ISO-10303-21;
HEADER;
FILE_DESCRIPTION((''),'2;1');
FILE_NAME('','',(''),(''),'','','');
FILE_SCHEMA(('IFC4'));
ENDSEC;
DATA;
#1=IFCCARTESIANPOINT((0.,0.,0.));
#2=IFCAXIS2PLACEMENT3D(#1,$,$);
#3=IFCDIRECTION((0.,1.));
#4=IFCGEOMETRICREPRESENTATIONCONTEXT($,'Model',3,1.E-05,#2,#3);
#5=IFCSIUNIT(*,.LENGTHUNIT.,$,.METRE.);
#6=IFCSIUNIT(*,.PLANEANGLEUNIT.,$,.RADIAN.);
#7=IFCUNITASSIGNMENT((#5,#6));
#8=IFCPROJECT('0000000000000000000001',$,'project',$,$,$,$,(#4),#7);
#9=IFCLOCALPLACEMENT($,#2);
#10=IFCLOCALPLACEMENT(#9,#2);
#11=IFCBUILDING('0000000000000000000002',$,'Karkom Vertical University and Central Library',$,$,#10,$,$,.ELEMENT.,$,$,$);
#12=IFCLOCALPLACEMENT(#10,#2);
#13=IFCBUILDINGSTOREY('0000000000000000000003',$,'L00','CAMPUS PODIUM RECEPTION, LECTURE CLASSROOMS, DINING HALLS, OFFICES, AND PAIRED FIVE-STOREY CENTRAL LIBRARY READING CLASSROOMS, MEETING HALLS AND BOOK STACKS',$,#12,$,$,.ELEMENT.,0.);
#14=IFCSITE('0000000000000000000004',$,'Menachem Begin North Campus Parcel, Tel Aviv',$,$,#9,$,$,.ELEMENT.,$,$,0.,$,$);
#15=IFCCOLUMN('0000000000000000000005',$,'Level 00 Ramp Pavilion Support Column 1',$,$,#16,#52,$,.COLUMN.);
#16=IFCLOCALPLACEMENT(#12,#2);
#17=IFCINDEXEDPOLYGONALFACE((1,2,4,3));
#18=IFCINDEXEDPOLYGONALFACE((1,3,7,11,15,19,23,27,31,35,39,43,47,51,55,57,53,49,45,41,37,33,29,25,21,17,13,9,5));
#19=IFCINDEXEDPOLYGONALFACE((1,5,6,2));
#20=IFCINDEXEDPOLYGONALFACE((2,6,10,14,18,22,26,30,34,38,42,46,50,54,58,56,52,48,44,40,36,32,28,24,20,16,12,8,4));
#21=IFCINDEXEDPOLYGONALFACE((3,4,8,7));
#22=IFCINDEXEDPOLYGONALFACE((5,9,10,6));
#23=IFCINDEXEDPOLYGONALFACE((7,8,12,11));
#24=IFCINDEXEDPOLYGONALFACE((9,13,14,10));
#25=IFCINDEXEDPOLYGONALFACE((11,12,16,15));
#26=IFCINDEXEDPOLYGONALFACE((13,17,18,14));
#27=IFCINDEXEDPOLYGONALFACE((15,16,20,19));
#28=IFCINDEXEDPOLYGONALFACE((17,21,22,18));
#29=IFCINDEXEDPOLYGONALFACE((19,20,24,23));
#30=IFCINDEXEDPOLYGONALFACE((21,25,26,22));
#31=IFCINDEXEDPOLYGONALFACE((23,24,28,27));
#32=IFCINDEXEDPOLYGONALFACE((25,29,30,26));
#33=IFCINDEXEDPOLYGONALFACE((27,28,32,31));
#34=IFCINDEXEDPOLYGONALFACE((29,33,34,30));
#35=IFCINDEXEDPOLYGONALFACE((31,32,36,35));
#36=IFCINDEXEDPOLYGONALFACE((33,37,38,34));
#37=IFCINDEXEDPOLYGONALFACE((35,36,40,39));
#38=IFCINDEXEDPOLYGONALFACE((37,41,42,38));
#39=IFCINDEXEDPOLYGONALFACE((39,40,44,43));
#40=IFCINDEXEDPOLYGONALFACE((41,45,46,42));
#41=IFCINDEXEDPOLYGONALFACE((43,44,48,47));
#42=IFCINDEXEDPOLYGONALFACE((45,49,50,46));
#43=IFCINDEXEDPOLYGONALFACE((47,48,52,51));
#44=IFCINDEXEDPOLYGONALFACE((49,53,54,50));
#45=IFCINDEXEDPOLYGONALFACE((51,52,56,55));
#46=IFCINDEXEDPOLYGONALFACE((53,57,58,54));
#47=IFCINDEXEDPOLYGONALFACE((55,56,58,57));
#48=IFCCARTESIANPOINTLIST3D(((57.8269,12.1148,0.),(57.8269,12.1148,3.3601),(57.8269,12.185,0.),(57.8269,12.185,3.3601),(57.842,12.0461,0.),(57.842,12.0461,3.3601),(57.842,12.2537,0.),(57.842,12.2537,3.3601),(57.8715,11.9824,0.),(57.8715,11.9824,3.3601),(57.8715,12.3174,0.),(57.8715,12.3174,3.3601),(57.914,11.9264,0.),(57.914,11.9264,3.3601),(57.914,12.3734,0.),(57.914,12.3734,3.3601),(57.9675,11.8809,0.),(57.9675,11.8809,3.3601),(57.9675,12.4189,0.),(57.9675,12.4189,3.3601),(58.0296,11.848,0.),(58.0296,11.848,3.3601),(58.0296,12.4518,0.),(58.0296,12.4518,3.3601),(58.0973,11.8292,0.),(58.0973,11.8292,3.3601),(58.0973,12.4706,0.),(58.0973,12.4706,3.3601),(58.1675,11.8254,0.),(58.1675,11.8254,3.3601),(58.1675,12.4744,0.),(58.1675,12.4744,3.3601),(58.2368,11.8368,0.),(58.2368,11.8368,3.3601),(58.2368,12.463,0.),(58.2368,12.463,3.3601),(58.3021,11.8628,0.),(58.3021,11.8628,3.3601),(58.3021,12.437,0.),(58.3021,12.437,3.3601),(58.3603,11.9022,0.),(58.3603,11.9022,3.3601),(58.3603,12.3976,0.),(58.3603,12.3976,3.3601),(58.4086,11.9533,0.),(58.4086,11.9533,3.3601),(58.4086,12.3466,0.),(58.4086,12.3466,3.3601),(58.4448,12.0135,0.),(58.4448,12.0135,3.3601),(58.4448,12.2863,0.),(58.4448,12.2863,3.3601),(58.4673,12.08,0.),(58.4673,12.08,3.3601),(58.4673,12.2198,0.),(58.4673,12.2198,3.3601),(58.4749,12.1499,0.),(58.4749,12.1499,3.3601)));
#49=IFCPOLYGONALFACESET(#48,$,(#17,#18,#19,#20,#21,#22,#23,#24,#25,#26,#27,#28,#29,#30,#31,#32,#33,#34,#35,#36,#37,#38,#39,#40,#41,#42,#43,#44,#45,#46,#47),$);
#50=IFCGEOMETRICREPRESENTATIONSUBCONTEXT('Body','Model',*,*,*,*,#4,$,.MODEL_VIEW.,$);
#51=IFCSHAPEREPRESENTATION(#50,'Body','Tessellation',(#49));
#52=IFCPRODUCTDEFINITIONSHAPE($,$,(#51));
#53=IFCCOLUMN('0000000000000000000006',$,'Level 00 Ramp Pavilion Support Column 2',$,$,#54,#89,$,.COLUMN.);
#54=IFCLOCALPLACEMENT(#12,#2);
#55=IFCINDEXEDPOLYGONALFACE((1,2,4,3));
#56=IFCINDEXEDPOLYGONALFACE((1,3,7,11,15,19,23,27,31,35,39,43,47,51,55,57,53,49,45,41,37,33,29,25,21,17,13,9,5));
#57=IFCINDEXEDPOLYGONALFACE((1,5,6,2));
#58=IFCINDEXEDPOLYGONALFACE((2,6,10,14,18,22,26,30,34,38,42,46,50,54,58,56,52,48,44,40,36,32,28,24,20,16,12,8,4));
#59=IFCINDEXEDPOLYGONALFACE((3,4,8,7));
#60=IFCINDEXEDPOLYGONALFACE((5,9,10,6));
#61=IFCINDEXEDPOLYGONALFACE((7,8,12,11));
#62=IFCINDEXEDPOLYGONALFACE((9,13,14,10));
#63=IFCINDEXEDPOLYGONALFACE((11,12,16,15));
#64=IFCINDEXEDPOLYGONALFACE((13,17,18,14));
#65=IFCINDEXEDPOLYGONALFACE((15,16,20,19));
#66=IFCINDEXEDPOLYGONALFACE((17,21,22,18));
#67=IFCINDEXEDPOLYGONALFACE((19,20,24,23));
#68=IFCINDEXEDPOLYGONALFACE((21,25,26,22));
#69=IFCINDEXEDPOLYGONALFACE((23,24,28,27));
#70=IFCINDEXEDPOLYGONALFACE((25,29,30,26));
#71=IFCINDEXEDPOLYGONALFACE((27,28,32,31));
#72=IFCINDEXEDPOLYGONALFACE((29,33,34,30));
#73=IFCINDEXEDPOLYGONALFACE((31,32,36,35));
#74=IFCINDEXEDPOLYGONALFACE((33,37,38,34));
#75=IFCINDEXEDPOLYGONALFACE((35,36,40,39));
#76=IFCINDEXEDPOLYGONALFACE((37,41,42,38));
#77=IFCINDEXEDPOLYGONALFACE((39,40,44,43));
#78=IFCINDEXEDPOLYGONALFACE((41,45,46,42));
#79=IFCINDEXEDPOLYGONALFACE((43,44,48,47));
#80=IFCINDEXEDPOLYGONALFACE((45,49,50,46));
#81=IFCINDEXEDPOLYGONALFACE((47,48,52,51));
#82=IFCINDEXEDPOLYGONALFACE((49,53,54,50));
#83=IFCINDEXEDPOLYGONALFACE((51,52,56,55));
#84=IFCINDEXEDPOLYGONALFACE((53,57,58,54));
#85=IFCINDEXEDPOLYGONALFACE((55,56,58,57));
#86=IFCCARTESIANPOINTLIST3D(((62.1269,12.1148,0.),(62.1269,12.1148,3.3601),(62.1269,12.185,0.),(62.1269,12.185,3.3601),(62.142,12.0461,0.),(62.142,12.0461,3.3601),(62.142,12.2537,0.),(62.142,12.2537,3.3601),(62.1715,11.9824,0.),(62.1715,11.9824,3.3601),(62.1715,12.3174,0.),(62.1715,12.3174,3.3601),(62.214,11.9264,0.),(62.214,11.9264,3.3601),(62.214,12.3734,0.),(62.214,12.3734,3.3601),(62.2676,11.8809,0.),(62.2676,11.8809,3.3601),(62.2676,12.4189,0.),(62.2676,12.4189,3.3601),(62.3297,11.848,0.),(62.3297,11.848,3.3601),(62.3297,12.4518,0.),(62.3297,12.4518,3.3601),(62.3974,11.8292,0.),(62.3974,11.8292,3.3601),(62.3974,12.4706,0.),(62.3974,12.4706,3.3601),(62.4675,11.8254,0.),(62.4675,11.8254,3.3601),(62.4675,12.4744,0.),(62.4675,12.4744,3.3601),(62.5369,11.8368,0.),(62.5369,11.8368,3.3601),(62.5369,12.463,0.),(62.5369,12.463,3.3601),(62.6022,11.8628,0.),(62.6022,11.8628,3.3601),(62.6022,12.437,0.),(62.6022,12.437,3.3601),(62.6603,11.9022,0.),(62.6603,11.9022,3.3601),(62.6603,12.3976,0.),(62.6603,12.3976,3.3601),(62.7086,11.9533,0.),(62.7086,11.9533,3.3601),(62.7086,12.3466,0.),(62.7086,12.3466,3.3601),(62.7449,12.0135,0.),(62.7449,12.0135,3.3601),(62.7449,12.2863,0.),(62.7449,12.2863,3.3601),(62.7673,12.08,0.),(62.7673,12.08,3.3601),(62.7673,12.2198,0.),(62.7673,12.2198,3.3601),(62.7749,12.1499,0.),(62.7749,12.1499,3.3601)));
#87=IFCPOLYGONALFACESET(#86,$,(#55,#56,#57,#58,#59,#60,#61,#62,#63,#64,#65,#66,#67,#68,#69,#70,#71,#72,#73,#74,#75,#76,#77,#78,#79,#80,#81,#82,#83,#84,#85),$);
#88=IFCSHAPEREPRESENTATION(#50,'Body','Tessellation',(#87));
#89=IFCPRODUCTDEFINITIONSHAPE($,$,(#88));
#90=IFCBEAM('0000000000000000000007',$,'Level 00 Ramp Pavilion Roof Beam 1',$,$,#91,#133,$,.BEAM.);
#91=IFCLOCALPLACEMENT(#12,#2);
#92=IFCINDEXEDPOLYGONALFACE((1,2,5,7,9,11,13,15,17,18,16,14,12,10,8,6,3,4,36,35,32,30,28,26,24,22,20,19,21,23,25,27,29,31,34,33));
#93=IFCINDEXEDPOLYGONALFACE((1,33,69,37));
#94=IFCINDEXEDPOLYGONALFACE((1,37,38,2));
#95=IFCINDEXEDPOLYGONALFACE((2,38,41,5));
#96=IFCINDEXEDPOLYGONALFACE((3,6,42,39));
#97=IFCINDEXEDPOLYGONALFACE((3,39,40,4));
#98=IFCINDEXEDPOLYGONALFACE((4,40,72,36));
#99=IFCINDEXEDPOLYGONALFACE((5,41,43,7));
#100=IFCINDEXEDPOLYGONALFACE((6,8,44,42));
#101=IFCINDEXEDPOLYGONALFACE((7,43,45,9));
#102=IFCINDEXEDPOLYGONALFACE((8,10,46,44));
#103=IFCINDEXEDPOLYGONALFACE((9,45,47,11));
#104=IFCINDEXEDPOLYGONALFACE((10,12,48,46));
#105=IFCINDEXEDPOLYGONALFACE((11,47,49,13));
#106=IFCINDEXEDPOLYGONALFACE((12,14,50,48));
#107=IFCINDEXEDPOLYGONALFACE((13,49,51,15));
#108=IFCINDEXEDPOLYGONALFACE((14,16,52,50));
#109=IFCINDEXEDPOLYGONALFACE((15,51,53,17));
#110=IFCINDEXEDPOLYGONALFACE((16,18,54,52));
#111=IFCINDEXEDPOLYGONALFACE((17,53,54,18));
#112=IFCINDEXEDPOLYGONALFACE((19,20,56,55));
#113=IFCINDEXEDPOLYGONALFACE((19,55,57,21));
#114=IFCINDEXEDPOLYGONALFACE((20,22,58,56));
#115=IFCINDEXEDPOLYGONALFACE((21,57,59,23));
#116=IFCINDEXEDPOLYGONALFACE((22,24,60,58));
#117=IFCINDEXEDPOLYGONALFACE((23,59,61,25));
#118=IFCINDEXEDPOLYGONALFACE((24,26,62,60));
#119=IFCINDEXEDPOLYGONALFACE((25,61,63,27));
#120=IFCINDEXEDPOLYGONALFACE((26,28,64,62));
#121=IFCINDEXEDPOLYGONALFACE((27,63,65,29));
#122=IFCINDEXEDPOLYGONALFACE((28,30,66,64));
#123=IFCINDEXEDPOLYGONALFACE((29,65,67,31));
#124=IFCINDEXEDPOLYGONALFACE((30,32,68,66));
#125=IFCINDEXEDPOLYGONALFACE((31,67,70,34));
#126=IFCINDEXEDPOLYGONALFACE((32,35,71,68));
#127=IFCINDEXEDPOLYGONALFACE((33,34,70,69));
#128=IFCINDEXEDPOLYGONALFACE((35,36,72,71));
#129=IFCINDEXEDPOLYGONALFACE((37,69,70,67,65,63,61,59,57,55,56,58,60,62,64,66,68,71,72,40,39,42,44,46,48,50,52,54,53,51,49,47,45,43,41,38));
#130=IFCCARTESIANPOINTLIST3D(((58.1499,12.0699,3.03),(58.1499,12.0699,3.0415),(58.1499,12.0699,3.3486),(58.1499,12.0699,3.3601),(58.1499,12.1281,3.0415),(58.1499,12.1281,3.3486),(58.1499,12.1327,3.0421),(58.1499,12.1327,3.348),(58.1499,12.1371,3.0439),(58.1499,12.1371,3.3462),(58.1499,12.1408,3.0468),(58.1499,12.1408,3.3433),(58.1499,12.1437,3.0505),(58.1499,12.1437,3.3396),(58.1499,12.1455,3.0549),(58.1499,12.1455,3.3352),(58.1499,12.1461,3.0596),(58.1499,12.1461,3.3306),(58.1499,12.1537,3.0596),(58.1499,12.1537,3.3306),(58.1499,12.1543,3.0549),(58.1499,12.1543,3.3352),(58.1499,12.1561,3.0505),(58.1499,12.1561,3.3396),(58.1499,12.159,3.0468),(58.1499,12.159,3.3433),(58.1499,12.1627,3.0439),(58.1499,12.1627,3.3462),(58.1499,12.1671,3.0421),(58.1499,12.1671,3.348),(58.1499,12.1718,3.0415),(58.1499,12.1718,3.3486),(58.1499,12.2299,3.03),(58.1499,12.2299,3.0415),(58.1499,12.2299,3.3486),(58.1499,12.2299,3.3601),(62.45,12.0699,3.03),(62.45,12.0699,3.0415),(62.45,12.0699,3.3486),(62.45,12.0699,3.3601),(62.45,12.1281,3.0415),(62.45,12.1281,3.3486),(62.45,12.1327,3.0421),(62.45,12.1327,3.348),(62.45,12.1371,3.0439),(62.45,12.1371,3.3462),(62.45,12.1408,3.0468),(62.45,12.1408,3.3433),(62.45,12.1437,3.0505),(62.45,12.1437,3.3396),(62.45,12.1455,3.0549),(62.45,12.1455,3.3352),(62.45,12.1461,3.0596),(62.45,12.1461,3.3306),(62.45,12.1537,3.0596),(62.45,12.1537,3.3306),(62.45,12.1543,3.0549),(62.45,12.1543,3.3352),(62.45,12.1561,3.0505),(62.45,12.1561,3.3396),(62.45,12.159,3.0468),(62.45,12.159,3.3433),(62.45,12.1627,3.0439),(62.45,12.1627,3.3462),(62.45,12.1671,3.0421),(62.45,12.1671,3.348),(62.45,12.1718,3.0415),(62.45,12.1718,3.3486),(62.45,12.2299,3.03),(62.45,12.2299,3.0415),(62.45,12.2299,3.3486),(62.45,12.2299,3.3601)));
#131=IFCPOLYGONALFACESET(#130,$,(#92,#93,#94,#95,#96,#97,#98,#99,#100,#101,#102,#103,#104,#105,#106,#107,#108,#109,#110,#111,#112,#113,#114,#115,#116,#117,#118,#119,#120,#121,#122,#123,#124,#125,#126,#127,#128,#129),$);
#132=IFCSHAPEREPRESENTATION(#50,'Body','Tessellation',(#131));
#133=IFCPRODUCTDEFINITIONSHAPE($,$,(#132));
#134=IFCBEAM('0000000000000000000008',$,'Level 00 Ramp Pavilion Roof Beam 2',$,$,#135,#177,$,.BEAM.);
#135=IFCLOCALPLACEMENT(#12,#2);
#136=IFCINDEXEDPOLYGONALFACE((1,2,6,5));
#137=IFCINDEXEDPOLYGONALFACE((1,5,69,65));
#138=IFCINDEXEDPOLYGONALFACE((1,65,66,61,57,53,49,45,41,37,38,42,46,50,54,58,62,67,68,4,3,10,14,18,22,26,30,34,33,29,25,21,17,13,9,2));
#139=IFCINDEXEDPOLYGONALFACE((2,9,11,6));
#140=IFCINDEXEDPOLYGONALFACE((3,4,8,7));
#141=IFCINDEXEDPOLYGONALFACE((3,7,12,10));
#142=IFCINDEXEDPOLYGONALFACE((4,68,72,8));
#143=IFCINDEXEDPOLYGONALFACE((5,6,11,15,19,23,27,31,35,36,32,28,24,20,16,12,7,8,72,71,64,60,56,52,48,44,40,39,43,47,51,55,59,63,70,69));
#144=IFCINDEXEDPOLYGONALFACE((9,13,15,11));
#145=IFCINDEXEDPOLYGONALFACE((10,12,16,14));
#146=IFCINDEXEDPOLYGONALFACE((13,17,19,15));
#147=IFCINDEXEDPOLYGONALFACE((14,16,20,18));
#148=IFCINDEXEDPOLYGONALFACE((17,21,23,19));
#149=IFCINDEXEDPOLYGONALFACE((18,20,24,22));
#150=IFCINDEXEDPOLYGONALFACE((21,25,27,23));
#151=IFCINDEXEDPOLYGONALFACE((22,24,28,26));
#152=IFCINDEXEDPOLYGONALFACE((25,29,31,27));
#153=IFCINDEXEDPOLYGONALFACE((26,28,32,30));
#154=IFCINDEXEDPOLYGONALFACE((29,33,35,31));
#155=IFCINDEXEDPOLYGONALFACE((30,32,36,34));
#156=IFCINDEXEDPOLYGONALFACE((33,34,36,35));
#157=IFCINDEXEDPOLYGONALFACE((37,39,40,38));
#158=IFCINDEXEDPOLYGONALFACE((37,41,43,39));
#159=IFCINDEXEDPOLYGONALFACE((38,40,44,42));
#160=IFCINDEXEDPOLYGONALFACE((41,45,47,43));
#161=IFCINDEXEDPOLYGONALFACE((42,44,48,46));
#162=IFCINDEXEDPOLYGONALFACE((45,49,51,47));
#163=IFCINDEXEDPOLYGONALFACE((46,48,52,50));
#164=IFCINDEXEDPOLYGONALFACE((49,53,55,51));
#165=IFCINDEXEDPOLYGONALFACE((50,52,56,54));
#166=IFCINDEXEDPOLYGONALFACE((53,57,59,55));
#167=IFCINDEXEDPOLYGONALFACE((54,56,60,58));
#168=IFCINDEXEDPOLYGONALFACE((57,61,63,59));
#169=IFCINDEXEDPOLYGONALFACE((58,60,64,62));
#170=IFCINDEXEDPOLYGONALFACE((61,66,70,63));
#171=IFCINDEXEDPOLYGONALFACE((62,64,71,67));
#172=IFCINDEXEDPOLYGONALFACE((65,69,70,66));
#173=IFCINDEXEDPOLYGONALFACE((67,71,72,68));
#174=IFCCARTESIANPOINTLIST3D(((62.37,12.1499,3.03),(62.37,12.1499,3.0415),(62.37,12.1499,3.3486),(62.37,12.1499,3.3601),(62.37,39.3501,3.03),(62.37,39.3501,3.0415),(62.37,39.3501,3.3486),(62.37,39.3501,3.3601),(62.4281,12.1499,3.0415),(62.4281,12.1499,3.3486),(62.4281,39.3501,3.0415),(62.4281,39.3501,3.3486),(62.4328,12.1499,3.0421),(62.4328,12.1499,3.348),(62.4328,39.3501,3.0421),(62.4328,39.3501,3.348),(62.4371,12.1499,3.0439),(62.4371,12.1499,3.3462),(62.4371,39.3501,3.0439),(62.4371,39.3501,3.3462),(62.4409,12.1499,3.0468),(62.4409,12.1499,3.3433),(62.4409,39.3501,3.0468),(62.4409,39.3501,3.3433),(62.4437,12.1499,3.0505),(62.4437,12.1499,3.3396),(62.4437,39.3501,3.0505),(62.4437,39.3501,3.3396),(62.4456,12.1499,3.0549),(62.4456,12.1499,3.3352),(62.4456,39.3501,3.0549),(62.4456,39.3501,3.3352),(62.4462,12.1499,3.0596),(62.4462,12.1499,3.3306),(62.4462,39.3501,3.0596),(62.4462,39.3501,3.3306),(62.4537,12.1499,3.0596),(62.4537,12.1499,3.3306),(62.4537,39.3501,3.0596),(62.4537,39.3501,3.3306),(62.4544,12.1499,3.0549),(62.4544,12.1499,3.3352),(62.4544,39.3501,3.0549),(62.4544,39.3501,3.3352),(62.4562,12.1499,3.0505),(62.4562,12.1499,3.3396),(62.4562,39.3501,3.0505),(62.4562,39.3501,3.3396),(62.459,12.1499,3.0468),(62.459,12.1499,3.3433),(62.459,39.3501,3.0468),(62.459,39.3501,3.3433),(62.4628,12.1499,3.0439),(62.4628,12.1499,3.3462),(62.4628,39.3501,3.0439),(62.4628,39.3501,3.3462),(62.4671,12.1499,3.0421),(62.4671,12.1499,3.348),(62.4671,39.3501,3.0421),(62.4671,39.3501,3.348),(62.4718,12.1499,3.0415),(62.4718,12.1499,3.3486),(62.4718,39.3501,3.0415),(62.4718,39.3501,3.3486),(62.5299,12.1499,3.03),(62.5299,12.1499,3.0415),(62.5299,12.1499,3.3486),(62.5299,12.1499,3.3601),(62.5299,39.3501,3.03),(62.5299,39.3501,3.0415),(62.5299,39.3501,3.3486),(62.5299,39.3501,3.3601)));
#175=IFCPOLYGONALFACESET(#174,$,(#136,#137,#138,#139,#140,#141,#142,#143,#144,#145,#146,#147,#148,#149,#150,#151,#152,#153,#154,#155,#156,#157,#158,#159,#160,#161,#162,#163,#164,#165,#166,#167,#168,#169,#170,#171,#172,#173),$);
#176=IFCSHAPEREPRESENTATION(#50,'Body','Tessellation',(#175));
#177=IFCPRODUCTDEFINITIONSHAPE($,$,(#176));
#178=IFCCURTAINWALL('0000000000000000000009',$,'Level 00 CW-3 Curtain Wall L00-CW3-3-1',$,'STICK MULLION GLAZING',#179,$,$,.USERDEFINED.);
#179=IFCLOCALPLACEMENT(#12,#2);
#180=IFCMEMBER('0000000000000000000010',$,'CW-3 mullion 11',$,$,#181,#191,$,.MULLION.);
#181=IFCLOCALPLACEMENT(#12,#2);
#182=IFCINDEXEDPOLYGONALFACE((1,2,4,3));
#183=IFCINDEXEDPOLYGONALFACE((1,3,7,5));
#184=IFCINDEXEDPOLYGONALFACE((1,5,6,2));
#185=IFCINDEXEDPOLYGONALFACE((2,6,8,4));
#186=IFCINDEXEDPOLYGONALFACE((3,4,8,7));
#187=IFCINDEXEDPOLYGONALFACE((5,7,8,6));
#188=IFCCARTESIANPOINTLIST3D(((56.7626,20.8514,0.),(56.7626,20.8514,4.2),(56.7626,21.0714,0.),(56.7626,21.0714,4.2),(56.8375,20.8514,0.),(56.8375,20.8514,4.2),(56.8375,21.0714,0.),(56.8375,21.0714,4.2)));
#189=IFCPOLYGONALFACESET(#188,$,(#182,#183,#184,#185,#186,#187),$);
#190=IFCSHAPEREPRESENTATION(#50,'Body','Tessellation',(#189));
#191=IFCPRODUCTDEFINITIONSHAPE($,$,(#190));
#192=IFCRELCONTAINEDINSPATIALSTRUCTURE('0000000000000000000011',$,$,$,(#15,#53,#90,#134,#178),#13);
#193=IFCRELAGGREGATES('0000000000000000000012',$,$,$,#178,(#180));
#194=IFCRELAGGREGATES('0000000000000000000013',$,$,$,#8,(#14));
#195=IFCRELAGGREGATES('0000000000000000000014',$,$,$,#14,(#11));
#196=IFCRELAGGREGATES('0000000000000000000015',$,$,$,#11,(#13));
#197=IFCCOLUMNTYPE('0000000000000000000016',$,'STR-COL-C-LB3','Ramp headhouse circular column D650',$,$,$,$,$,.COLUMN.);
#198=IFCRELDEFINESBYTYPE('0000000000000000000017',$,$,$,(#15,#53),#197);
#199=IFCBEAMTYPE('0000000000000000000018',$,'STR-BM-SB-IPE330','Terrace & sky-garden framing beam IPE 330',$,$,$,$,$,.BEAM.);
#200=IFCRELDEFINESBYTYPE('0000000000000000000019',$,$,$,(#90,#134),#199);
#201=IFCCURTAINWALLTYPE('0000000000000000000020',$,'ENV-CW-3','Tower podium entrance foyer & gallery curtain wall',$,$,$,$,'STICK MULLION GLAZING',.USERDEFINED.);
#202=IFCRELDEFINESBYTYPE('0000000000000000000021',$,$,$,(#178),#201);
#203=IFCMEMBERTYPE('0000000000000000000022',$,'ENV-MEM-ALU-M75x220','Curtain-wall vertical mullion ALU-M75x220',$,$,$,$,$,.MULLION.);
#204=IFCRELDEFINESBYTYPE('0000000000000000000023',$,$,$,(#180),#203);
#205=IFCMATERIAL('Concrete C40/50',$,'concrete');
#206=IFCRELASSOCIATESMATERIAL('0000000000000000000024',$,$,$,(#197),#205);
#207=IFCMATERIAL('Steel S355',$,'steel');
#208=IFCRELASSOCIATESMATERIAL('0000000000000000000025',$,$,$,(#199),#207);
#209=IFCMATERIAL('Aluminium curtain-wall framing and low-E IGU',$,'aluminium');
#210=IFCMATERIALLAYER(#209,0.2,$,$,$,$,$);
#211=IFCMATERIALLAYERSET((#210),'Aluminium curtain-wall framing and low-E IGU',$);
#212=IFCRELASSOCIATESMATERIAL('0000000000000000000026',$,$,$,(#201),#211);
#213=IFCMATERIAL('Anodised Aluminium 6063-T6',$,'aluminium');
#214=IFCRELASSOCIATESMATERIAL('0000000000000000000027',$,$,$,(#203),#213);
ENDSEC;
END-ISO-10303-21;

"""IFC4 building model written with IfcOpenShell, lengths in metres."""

from ifc_helpers import new_model, si_unit, direction, frame, origin, origin_with_axes, origin_2d, place, context, subcontext, project, spatial, rectangle, circle, i_section, extrude, source, transform, mapped, material, layer, layer_set, material_profile, profile_set, type_object, element, aggregate, save


model = new_model("IFC4")

# Units and contexts
model_context = context("Model", 3, precision=1e-05, world=origin(), true_north=direction((0.0, 1.0)))
body_context = subcontext(model_context, "Body", "Model", "MODEL_VIEW")
ifc_project = project(units=[si_unit("LENGTHUNIT", "METRE"), si_unit("PLANEANGLEUNIT", "RADIAN")], contexts=[model_context])

# Site, building, storey
site_placement = place(None, origin())
site = spatial("IfcSite", under=ifc_project, at=site_placement, Name="Menachem Begin North Campus Parcel, Tel Aviv", CompositionType="ELEMENT", RefElevation=0.0)
building_placement = place(site_placement, origin())
building = spatial("IfcBuilding", under=site, at=building_placement, Name="Karkom Vertical University and Central Library", CompositionType="ELEMENT")
storey_placement = place(building_placement, origin())
storey = spatial("IfcBuildingStorey", under=building, at=storey_placement, Name="L00", Description="CAMPUS PODIUM RECEPTION, LECTURE CLASSROOMS, DINING HALLS, OFFICES, AND PAIRED FIVE-STOREY CENTRAL LIBRARY READING CLASSROOMS, MEETING HALLS AND BOOK STACKS", CompositionType="ELEMENT", Elevation=0.0)

# Columns
ifc_material_1 = material(Name="Concrete C40/50", Category="concrete")
ifc_material_profile_1 = material_profile(ifc_material_1, circle(Radius=0.325, at=origin_2d()), Name="RC-D650")
ifc_profile_set_1 = profile_set([ifc_material_profile_1], Name="Concrete C40/50")
column_type = type_object("IfcColumnType", Name="STR-COL-C-LB3", Description="Ramp headhouse circular column D650", PredefinedType="COLUMN", material=ifc_profile_set_1)
shared_shape_1 = source(origin_with_axes(), body_context, "Body", "SweptSolid", [
    extrude(circle(Radius=0.325, at=origin_2d()), origin(), (0.0, 0.0, 1.0), 3.3601),
])
for number, where, z_axis, x_axis, name in (
    (1, (58.1499, 12.1499, 0.0), (0.0, 0.0, 1.0), (1.0, 0.0, 0.0), "Level 00 Ramp Pavilion Support Column 1"),
    (2, (62.45, 12.1499, 0.0), (0.0, 0.0, 1.0), (1.0, 0.0, 0.0), "Level 00 Ramp Pavilion Support Column 2"),
):
    element("IfcColumn", number, at=place(storey_placement, frame(where, z_axis=z_axis, x_axis=x_axis)), inside=storey, type_object=column_type, Name=name, PredefinedType="COLUMN", context=body_context, shape_type="MappedRepresentation", body=[
        mapped(shared_shape_1, transform((0.0, 0.0, 0.0), scale=1.0)),
    ])

# Beams
ifc_material_2 = material(Name="Steel S355", Category="steel")
ifc_material_profile_2 = material_profile(ifc_material_2, i_section(OverallWidth=0.1599, OverallDepth=0.3301, WebThickness=0.0076, FlangeThickness=0.0115, FilletRadius=0.0181, at=origin_2d()), Name="IPE 330")
ifc_profile_set_2 = profile_set([ifc_material_profile_2], Name="Steel S355")
beam_type = type_object("IfcBeamType", Name="STR-BM-SB-IPE330", Description="Terrace & sky-garden framing beam IPE 330", PredefinedType="BEAM", material=ifc_profile_set_2)
shared_shape_2 = source(origin_with_axes(), body_context, "Body", "SweptSolid", [
    extrude(i_section(OverallWidth=0.1599, OverallDepth=0.3301, WebThickness=0.0076, FlangeThickness=0.0115, FilletRadius=0.0181, at=origin_2d()), origin(), (0.0, 0.0, 1.0), 4.3),
])
beam_1_placement = place(storey_placement, frame((58.1499, 12.1499, 3.1951), z_axis=(1.0, 0.0, 0.0), x_axis=(0.0, 1.0, 0.0)))
element("IfcBeam", 3, at=beam_1_placement, inside=storey, type_object=beam_type, Name="Level 00 Ramp Pavilion Roof Beam 1", PredefinedType="BEAM", context=body_context, shape_type="MappedRepresentation", body=[
    mapped(shared_shape_2, transform((0.0, 0.0, 0.0), scale=1.0)),
])
shared_shape_3 = source(origin_with_axes(), body_context, "Body", "SweptSolid", [
    extrude(i_section(OverallWidth=0.1599, OverallDepth=0.3301, WebThickness=0.0076, FlangeThickness=0.0115, FilletRadius=0.0181, at=origin_2d()), origin(), (0.0, 0.0, 1.0), 27.2002),
])
beam_2_placement = place(storey_placement, frame((62.45, 12.1499, 3.1951), z_axis=(0.0, 1.0, 0.0), x_axis=(-1.0, 0.0, 0.0)))
element("IfcBeam", 4, at=beam_2_placement, inside=storey, type_object=beam_type, Name="Level 00 Ramp Pavilion Roof Beam 2", PredefinedType="BEAM", context=body_context, shape_type="MappedRepresentation", body=[
    mapped(shared_shape_3, transform((0.0, 0.0, 0.0), scale=1.0)),
])

# Curtain wall, member
ifc_material_3 = material(Name="Aluminium curtain-wall framing and low-E IGU", Category="aluminium")
ifc_layer_1 = layer(ifc_material_3, 0.2)
ifc_layer_set_1 = layer_set([ifc_layer_1], Name="Aluminium curtain-wall framing and low-E IGU")
curtain_wall_type = type_object("IfcCurtainWallType", Name="ENV-CW-3", Description="Tower podium entrance foyer & gallery curtain wall", ElementType="STICK MULLION GLAZING", PredefinedType="USERDEFINED", material=ifc_layer_set_1)
curtain_wall_placement = place(storey_placement, origin())
curtain_wall = element("IfcCurtainWall", 5, at=curtain_wall_placement, inside=storey, type_object=curtain_wall_type, Name="Level 00 CW-3 Curtain Wall L00-CW3-3-1", ObjectType="STICK MULLION GLAZING", PredefinedType="USERDEFINED")
ifc_material_4 = material(Name="Anodised Aluminium 6063-T6", Category="aluminium")
ifc_material_profile_3 = material_profile(ifc_material_4, rectangle(XDim=0.075, YDim=0.22, at=origin_2d()), Name="ALU-M75x220")
ifc_profile_set_3 = profile_set([ifc_material_profile_3], Name="Anodised Aluminium 6063-T6")
member_type_1 = type_object("IfcMemberType", Name="ENV-MEM-ALU-M75x220", Description="Curtain-wall vertical mullion ALU-M75x220", PredefinedType="MULLION", material=ifc_profile_set_3)
shared_shape_4 = source(origin_with_axes(), body_context, "Body", "SweptSolid", [
    extrude(rectangle(XDim=0.075, YDim=0.22, at=origin_2d()), origin(), (0.0, 0.0, 1.0), 4.2),
])
member_1_placement = place(storey_placement, frame((56.8, 20.9614, 0.0), z_axis=(0.0, 0.0, 1.0), x_axis=(-1.0, 0.0, 0.0)))
member_1 = element("IfcMember", 6, at=member_1_placement, type_object=member_type_1, Name="CW-3 mullion 11", PredefinedType="MULLION", context=body_context, shape_type="MappedRepresentation", body=[
    mapped(shared_shape_4, transform((0.0, 0.0, 0.0), scale=1.0)),
])
aggregate(curtain_wall, [member_1])

save(model, "model.ifc")
